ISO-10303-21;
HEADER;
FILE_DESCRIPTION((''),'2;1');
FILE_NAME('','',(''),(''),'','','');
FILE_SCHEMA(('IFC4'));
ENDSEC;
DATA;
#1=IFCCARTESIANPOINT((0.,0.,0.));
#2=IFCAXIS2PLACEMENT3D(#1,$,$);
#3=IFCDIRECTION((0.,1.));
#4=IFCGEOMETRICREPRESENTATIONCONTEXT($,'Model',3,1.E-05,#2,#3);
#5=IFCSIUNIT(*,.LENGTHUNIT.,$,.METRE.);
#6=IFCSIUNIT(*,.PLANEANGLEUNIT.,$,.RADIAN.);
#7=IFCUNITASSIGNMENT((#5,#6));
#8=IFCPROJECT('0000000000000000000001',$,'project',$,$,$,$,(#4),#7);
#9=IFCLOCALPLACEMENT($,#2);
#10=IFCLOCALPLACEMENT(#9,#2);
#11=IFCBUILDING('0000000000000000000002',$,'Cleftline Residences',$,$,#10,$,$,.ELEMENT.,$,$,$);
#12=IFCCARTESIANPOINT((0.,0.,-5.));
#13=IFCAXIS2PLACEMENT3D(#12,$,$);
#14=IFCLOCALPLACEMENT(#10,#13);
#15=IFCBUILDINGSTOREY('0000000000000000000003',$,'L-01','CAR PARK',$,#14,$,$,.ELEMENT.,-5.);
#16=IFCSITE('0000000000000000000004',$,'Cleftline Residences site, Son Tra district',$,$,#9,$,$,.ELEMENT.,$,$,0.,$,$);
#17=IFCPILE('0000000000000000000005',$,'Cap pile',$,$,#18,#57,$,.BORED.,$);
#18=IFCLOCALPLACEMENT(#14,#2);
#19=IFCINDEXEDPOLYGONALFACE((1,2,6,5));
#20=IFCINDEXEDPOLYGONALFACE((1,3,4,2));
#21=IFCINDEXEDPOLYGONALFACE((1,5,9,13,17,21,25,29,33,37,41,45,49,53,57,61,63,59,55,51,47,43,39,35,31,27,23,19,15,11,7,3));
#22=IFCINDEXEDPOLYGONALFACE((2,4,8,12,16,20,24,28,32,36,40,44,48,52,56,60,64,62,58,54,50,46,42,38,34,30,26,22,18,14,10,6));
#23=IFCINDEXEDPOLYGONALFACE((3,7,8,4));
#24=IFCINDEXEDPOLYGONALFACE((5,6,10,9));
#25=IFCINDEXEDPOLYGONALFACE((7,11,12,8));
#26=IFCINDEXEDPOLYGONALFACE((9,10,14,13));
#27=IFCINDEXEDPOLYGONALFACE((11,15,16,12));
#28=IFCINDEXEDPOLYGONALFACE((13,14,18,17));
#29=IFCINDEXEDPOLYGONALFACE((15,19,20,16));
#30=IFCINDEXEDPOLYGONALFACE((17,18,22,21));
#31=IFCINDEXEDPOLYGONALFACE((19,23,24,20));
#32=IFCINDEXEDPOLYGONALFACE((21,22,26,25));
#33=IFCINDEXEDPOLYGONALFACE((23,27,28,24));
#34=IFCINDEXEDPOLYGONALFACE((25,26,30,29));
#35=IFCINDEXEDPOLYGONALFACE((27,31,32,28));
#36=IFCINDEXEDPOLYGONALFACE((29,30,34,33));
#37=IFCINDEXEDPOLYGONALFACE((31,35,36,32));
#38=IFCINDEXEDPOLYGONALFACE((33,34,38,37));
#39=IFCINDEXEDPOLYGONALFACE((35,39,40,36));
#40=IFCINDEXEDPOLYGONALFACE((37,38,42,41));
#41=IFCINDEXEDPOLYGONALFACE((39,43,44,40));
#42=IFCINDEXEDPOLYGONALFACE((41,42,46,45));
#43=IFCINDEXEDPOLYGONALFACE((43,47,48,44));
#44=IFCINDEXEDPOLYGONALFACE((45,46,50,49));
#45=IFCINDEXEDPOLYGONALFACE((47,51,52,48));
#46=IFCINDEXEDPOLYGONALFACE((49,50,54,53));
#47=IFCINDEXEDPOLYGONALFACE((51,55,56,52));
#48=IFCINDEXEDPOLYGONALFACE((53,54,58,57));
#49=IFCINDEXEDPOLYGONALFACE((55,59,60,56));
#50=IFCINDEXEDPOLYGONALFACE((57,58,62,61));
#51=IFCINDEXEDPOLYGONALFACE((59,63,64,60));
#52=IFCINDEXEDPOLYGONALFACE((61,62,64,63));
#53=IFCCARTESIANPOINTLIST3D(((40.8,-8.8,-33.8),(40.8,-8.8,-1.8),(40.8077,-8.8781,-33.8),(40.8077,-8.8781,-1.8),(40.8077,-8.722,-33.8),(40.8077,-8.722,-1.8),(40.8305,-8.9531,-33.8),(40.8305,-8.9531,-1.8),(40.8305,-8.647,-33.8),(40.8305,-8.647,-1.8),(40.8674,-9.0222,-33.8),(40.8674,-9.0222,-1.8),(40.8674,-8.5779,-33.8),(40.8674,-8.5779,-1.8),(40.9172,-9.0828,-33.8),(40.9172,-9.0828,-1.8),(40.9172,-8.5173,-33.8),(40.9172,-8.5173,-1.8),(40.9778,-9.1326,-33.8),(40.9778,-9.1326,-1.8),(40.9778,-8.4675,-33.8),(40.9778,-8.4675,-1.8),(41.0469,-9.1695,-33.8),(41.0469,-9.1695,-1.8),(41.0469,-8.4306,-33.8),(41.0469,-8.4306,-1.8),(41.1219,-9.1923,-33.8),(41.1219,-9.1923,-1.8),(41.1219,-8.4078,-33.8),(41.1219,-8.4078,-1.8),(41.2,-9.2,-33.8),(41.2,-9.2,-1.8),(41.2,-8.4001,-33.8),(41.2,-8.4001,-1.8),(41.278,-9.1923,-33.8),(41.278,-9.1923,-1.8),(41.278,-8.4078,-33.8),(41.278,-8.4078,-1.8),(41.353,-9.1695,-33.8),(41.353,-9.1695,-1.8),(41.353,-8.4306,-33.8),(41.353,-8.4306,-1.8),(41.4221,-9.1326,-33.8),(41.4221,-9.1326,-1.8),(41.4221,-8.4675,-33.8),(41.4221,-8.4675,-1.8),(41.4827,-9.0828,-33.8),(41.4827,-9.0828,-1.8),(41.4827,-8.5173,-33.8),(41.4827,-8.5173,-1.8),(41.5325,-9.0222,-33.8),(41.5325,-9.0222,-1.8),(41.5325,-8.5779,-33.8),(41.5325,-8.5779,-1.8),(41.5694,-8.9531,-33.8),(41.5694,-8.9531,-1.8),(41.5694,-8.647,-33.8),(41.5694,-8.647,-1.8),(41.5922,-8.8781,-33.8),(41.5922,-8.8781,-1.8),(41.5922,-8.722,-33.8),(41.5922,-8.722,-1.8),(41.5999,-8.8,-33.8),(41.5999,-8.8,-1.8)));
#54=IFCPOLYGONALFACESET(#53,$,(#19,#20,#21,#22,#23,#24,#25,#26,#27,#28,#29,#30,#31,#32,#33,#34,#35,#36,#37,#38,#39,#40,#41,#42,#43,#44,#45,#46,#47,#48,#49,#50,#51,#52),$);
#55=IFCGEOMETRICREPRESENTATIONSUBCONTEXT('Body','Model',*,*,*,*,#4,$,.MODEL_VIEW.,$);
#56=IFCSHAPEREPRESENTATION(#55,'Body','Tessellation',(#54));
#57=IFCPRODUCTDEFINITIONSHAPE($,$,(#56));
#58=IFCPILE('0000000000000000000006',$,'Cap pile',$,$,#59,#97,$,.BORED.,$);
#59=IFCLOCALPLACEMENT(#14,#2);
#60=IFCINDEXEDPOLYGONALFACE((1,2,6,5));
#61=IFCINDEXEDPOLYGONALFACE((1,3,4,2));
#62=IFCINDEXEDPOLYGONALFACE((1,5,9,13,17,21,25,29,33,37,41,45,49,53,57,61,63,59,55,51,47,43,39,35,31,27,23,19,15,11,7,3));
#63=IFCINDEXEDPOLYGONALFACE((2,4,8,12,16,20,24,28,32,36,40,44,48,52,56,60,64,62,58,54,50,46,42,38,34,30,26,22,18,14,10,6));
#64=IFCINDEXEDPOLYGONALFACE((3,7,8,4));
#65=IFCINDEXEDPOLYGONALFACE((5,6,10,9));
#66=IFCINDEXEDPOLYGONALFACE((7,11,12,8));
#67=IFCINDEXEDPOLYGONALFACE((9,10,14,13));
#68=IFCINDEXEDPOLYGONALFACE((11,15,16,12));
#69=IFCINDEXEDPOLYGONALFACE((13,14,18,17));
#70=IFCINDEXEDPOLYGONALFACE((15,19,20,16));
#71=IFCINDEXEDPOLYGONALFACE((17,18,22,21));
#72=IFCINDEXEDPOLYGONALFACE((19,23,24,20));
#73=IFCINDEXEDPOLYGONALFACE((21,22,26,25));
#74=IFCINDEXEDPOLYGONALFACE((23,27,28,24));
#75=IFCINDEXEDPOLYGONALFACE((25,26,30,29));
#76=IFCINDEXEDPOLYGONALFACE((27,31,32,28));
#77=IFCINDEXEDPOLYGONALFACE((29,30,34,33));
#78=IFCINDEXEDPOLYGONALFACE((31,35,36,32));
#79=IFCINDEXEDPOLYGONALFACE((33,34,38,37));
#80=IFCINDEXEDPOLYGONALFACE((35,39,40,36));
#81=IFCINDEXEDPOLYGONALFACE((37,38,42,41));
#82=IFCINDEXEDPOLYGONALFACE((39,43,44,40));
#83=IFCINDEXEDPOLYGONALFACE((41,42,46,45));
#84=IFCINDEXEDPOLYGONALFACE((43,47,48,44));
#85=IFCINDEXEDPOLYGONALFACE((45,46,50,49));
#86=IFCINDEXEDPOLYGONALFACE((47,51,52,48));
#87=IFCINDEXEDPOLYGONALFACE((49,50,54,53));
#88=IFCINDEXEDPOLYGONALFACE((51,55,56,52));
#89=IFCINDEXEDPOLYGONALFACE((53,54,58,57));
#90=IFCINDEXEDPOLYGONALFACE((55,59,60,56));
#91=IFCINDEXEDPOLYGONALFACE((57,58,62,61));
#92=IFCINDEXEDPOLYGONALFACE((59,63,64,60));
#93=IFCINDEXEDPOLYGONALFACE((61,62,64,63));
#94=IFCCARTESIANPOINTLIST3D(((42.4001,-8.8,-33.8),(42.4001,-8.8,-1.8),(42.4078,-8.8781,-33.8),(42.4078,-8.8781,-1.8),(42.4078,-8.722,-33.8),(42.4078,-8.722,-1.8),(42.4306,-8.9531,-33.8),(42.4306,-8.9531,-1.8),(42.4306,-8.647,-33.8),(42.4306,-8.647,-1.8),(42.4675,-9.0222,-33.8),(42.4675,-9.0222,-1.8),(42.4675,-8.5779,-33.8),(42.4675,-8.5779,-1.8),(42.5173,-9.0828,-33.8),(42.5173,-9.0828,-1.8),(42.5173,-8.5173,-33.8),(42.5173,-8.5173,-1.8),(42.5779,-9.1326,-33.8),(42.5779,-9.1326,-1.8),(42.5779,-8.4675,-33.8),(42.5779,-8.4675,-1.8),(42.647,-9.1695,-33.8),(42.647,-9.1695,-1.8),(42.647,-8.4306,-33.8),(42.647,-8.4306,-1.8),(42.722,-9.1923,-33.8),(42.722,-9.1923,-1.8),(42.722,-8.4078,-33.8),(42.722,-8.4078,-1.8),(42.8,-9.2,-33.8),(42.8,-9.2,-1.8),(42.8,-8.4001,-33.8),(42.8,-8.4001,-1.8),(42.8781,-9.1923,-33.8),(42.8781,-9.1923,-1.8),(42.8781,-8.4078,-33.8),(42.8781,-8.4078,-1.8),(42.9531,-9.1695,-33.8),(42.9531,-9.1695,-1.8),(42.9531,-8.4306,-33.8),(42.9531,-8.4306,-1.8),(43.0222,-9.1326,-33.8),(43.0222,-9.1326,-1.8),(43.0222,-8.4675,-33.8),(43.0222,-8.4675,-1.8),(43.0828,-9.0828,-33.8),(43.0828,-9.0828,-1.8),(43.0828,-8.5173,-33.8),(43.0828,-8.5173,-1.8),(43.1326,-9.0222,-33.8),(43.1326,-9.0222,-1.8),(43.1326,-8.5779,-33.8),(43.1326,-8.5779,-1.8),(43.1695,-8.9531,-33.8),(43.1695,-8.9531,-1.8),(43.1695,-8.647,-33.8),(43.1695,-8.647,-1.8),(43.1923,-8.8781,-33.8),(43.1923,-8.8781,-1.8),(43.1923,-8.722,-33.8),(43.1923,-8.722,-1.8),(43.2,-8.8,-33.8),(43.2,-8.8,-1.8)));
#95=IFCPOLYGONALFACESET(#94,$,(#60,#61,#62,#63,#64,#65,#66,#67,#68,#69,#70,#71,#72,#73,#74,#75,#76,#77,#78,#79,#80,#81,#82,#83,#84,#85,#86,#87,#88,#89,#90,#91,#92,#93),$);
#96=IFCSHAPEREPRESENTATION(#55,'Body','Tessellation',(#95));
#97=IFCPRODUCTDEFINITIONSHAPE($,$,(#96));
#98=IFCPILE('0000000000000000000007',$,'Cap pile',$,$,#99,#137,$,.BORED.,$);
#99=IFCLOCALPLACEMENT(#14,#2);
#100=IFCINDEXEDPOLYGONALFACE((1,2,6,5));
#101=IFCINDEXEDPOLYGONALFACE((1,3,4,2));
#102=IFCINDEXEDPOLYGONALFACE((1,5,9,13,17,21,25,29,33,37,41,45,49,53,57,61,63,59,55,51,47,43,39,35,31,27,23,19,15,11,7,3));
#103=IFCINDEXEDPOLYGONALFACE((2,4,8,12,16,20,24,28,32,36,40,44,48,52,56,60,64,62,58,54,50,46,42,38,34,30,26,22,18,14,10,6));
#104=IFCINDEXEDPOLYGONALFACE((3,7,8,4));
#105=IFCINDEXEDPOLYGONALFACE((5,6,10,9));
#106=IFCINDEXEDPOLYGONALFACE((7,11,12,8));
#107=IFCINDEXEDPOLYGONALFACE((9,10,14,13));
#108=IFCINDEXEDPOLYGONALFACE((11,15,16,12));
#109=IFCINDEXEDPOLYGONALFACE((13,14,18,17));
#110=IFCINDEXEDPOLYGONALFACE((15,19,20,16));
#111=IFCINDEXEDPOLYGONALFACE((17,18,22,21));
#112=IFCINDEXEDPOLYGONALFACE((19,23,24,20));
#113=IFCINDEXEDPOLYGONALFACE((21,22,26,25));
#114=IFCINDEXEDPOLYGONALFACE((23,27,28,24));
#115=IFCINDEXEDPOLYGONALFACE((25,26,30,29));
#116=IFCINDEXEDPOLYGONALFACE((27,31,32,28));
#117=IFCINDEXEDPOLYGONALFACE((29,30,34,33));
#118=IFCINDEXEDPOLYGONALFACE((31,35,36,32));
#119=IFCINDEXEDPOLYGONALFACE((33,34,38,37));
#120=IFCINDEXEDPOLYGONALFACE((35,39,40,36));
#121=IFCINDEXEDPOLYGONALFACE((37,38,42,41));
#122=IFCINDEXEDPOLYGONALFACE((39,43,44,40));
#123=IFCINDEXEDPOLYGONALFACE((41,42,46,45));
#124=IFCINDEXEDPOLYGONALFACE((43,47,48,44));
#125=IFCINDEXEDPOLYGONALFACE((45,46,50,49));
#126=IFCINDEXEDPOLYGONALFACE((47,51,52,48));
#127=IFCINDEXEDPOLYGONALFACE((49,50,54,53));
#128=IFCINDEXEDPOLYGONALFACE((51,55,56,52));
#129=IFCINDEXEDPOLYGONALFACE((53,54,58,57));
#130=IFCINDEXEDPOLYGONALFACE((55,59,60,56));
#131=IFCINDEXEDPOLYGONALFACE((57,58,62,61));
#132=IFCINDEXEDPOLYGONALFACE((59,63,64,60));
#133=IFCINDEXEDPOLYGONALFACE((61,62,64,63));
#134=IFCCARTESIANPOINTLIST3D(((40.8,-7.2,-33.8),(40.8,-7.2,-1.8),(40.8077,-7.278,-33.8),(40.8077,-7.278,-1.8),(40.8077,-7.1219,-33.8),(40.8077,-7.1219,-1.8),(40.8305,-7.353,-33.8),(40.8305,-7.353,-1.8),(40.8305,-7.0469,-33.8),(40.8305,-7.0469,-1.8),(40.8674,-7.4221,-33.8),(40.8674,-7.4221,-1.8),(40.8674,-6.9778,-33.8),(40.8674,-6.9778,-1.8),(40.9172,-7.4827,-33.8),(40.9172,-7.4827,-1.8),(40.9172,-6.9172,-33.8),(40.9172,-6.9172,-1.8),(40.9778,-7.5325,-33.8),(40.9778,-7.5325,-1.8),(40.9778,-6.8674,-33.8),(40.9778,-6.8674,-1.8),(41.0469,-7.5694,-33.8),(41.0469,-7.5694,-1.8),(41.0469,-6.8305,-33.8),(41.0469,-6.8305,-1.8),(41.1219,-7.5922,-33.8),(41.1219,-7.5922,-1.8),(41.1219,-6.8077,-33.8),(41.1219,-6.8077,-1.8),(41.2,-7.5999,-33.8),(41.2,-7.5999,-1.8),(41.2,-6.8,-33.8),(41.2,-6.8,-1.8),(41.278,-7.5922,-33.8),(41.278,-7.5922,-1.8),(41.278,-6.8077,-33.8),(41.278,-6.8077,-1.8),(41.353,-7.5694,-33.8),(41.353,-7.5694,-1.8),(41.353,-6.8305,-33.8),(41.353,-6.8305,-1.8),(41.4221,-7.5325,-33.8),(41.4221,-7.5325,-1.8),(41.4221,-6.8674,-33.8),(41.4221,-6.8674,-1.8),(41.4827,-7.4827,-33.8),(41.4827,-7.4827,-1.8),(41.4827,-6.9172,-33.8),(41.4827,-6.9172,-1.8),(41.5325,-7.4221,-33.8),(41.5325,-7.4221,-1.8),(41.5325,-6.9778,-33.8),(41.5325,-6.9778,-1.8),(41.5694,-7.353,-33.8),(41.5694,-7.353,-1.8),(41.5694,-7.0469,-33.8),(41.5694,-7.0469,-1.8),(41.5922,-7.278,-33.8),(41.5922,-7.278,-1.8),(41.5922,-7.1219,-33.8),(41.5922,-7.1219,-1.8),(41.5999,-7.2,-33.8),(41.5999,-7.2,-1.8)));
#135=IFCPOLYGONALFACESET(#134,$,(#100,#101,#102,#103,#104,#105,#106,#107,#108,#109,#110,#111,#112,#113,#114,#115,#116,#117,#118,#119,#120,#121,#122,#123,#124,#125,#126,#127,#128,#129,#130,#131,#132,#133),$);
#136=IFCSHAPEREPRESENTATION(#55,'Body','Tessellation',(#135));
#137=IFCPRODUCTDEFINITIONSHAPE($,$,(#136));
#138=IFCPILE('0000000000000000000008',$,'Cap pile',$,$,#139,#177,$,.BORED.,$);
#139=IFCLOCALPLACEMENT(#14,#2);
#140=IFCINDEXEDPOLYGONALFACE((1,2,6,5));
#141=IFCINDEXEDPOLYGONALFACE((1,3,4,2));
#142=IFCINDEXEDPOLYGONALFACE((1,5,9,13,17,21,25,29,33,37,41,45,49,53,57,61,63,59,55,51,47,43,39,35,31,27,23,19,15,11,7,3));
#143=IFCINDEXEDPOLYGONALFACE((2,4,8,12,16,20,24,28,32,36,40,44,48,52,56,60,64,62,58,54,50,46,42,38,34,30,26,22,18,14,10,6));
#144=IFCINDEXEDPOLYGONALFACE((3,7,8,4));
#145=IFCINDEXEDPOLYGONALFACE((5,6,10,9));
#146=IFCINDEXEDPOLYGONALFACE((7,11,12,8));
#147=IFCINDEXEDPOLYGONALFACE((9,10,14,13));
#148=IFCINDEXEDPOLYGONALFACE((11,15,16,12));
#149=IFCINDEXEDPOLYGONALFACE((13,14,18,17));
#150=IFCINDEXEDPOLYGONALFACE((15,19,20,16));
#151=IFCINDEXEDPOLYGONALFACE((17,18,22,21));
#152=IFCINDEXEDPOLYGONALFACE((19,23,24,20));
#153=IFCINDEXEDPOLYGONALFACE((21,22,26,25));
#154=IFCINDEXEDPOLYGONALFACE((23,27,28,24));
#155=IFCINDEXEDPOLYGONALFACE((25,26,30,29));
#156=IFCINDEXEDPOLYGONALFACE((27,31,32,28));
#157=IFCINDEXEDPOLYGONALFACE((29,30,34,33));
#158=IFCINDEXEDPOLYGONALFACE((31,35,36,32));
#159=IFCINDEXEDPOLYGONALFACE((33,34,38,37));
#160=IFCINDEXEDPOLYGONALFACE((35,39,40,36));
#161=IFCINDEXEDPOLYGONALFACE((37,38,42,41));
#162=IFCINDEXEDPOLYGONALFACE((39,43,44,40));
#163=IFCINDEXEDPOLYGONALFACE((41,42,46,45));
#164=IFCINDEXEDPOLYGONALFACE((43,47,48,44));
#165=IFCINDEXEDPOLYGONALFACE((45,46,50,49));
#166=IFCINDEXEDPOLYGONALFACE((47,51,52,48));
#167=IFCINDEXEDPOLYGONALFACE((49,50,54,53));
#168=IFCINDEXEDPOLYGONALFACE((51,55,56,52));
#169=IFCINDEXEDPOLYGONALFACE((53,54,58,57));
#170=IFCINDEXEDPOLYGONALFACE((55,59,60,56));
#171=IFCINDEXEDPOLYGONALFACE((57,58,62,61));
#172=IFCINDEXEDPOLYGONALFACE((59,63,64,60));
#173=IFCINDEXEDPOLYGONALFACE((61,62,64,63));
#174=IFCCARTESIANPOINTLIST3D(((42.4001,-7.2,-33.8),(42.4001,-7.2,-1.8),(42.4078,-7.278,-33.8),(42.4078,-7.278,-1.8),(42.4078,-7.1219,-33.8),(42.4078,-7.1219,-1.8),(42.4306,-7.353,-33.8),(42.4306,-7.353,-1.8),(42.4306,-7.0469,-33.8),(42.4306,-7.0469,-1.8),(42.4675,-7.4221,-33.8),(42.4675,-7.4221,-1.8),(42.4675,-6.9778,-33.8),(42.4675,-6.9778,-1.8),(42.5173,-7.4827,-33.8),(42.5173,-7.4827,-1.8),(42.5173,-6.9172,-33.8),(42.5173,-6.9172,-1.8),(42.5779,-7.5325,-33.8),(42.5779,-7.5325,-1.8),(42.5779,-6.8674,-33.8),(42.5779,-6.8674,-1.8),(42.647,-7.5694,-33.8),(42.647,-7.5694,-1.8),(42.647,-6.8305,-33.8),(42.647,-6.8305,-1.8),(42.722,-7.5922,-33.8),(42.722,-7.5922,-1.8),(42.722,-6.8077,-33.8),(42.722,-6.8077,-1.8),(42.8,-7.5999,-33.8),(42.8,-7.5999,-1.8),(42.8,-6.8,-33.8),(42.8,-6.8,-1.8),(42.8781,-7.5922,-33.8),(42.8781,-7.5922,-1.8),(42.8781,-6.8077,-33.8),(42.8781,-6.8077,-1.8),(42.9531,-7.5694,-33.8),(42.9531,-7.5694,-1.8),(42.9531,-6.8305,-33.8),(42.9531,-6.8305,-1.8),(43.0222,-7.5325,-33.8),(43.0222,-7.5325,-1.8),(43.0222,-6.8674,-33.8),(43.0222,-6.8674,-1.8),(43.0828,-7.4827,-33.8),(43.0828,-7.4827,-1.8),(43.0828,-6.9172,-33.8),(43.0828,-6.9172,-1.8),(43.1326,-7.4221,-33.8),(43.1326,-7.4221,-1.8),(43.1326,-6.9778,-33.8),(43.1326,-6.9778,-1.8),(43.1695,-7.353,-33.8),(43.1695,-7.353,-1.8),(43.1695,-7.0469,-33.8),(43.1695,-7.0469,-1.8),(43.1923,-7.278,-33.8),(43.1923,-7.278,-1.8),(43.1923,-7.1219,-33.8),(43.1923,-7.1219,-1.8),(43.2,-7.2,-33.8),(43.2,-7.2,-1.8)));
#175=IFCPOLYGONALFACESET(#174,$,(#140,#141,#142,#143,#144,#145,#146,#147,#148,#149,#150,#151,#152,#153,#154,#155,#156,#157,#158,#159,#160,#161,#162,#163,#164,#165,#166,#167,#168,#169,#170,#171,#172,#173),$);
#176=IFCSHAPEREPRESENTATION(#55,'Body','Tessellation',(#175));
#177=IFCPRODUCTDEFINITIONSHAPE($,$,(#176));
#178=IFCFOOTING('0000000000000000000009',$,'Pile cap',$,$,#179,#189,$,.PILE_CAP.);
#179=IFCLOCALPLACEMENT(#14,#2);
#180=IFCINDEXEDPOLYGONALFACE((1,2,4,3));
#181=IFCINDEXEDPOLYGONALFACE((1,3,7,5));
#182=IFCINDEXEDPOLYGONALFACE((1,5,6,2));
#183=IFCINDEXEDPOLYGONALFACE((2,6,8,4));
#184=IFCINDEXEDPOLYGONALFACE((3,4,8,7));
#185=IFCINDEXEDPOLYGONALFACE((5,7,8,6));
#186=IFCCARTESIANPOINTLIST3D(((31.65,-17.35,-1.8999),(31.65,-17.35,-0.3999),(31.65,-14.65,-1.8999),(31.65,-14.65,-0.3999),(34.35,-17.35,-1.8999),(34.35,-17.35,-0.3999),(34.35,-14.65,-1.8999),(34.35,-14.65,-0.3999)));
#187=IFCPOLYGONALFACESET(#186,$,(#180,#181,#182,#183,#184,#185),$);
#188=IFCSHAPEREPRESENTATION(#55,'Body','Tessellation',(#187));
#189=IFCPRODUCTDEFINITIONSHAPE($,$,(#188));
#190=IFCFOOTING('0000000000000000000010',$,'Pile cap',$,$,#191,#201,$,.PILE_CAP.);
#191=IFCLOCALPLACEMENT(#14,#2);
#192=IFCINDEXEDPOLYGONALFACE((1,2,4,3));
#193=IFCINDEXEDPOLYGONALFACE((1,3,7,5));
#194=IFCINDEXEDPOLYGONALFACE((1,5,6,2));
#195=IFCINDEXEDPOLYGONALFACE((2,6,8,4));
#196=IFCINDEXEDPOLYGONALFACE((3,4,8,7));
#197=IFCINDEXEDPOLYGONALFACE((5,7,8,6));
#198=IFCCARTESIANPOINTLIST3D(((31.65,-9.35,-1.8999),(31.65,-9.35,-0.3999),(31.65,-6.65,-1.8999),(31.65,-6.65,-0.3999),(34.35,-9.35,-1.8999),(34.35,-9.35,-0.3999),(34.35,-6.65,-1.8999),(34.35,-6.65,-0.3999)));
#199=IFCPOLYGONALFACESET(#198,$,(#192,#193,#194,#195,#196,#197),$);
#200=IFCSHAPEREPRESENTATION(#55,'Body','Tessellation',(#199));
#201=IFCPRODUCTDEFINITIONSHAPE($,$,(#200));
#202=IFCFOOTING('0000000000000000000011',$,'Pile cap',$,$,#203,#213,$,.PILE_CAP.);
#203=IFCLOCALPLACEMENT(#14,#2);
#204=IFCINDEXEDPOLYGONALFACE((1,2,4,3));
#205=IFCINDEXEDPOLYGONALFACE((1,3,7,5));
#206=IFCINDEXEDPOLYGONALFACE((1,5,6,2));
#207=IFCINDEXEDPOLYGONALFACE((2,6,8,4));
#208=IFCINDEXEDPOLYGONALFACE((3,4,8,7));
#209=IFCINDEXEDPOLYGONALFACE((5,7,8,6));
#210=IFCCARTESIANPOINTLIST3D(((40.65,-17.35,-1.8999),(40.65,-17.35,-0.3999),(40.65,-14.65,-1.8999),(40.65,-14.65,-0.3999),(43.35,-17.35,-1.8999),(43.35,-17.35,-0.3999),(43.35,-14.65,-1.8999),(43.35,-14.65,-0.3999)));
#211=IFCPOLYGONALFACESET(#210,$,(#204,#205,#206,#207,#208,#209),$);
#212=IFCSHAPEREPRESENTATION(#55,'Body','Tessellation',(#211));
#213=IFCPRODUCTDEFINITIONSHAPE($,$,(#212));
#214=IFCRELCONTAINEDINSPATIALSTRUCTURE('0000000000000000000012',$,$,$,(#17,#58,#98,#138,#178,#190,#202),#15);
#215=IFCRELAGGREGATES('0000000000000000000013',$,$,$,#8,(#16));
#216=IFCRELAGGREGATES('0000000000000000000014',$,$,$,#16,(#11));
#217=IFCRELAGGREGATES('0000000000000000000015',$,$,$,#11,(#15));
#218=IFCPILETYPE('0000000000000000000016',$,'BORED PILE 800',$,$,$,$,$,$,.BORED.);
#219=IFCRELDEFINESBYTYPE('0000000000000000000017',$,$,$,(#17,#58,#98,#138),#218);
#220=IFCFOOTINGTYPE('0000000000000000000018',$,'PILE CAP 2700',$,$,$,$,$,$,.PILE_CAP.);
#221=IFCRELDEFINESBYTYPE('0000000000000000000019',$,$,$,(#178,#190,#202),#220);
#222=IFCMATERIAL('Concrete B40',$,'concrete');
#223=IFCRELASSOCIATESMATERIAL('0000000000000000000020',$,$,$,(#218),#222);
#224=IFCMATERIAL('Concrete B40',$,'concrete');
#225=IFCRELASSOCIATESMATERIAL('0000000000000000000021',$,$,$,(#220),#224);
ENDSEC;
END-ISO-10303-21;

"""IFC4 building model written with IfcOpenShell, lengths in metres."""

from ifc_helpers import new_model, si_unit, direction, frame, origin, origin_2d, place, context, subcontext, project, spatial, rectangle, circle, extrude, material, material_profile, profile_set, type_object, element, save


model = new_model("IFC4")

# Units and contexts
model_context = context("Model", 3, precision=1e-05, world=origin(), true_north=direction((0.0, 1.0)))
body_context = subcontext(model_context, "Body", "Model", "MODEL_VIEW")
ifc_project = project(units=[si_unit("LENGTHUNIT", "METRE"), si_unit("PLANEANGLEUNIT", "RADIAN")], contexts=[model_context])

# Site, building, storey
site_placement = place(None, origin())
site = spatial("IfcSite", under=ifc_project, at=site_placement, Name="Cleftline Residences site, Son Tra district", CompositionType="ELEMENT", RefElevation=0.0)
building_placement = place(site_placement, origin())
building = spatial("IfcBuilding", under=site, at=building_placement, Name="Cleftline Residences", CompositionType="ELEMENT")
storey_placement = place(building_placement, frame((0.0, 0.0, -5.0)))
storey = spatial("IfcBuildingStorey", under=building, at=storey_placement, Name="L-01", Description="CAR PARK", CompositionType="ELEMENT", Elevation=-5.0)

# Piles
ifc_material_1 = material(Name="Concrete B40", Category="concrete")
ifc_material_profile_1 = material_profile(ifc_material_1, circle(Radius=0.3999, at=origin_2d()))
ifc_profile_set_1 = profile_set([ifc_material_profile_1], Name="Concrete B40")
pile_type_1 = type_object("IfcPileType", Name="BORED PILE 800", PredefinedType="BORED", material=ifc_profile_set_1)
for number, where, z_axis, x_axis, name in (
    (1, (41.2, -8.8, -1.8), (0.0, 0.0, -1.0), (1.0, 0.0, 0.0), "Cap pile"),
    (2, (42.8, -8.8, -1.8), (0.0, 0.0, -1.0), (1.0, 0.0, 0.0), "Cap pile"),
    (3, (41.2, -7.2, -1.8), (0.0, 0.0, -1.0), (1.0, 0.0, 0.0), "Cap pile"),
    (4, (42.8, -7.2, -1.8), (0.0, 0.0, -1.0), (1.0, 0.0, 0.0), "Cap pile"),
):
    element("IfcPile", number, at=place(storey_placement, frame(where, z_axis=z_axis, x_axis=x_axis)), inside=storey, type_object=pile_type_1, Name=name, PredefinedType="BORED", context=body_context, shape_type="SweptSolid", body=[
        extrude(circle(Radius=0.3999, at=origin_2d()), origin(), (0.0, 0.0, 1.0), 32.0),
    ])

# Footings
ifc_material_2 = material(Name="Concrete B40", Category="concrete")
footing_type_1 = type_object("IfcFootingType", Name="PILE CAP 2700", PredefinedType="PILE_CAP", material=ifc_material_2)
for number, where, z_axis, x_axis, name in (
    (5, (33.0, -16.0, -1.8999), (0.0, 0.0, 1.0), (1.0, 0.0, 0.0), "Pile cap"),
    (6, (33.0, -8.0, -1.8999), (0.0, 0.0, 1.0), (1.0, 0.0, 0.0), "Pile cap"),
    (7, (42.0, -16.0, -1.8999), (0.0, 0.0, 1.0), (1.0, 0.0, 0.0), "Pile cap"),
):
    element("IfcFooting", number, at=place(storey_placement, frame(where, z_axis=z_axis, x_axis=x_axis)), inside=storey, type_object=footing_type_1, Name=name, PredefinedType="PILE_CAP", context=body_context, shape_type="SweptSolid", body=[
        extrude(rectangle(XDim=2.7, YDim=2.7, at=origin_2d()), origin(), (0.0, 0.0, 1.0), 1.5),
    ])

save(model, "model.ifc")
